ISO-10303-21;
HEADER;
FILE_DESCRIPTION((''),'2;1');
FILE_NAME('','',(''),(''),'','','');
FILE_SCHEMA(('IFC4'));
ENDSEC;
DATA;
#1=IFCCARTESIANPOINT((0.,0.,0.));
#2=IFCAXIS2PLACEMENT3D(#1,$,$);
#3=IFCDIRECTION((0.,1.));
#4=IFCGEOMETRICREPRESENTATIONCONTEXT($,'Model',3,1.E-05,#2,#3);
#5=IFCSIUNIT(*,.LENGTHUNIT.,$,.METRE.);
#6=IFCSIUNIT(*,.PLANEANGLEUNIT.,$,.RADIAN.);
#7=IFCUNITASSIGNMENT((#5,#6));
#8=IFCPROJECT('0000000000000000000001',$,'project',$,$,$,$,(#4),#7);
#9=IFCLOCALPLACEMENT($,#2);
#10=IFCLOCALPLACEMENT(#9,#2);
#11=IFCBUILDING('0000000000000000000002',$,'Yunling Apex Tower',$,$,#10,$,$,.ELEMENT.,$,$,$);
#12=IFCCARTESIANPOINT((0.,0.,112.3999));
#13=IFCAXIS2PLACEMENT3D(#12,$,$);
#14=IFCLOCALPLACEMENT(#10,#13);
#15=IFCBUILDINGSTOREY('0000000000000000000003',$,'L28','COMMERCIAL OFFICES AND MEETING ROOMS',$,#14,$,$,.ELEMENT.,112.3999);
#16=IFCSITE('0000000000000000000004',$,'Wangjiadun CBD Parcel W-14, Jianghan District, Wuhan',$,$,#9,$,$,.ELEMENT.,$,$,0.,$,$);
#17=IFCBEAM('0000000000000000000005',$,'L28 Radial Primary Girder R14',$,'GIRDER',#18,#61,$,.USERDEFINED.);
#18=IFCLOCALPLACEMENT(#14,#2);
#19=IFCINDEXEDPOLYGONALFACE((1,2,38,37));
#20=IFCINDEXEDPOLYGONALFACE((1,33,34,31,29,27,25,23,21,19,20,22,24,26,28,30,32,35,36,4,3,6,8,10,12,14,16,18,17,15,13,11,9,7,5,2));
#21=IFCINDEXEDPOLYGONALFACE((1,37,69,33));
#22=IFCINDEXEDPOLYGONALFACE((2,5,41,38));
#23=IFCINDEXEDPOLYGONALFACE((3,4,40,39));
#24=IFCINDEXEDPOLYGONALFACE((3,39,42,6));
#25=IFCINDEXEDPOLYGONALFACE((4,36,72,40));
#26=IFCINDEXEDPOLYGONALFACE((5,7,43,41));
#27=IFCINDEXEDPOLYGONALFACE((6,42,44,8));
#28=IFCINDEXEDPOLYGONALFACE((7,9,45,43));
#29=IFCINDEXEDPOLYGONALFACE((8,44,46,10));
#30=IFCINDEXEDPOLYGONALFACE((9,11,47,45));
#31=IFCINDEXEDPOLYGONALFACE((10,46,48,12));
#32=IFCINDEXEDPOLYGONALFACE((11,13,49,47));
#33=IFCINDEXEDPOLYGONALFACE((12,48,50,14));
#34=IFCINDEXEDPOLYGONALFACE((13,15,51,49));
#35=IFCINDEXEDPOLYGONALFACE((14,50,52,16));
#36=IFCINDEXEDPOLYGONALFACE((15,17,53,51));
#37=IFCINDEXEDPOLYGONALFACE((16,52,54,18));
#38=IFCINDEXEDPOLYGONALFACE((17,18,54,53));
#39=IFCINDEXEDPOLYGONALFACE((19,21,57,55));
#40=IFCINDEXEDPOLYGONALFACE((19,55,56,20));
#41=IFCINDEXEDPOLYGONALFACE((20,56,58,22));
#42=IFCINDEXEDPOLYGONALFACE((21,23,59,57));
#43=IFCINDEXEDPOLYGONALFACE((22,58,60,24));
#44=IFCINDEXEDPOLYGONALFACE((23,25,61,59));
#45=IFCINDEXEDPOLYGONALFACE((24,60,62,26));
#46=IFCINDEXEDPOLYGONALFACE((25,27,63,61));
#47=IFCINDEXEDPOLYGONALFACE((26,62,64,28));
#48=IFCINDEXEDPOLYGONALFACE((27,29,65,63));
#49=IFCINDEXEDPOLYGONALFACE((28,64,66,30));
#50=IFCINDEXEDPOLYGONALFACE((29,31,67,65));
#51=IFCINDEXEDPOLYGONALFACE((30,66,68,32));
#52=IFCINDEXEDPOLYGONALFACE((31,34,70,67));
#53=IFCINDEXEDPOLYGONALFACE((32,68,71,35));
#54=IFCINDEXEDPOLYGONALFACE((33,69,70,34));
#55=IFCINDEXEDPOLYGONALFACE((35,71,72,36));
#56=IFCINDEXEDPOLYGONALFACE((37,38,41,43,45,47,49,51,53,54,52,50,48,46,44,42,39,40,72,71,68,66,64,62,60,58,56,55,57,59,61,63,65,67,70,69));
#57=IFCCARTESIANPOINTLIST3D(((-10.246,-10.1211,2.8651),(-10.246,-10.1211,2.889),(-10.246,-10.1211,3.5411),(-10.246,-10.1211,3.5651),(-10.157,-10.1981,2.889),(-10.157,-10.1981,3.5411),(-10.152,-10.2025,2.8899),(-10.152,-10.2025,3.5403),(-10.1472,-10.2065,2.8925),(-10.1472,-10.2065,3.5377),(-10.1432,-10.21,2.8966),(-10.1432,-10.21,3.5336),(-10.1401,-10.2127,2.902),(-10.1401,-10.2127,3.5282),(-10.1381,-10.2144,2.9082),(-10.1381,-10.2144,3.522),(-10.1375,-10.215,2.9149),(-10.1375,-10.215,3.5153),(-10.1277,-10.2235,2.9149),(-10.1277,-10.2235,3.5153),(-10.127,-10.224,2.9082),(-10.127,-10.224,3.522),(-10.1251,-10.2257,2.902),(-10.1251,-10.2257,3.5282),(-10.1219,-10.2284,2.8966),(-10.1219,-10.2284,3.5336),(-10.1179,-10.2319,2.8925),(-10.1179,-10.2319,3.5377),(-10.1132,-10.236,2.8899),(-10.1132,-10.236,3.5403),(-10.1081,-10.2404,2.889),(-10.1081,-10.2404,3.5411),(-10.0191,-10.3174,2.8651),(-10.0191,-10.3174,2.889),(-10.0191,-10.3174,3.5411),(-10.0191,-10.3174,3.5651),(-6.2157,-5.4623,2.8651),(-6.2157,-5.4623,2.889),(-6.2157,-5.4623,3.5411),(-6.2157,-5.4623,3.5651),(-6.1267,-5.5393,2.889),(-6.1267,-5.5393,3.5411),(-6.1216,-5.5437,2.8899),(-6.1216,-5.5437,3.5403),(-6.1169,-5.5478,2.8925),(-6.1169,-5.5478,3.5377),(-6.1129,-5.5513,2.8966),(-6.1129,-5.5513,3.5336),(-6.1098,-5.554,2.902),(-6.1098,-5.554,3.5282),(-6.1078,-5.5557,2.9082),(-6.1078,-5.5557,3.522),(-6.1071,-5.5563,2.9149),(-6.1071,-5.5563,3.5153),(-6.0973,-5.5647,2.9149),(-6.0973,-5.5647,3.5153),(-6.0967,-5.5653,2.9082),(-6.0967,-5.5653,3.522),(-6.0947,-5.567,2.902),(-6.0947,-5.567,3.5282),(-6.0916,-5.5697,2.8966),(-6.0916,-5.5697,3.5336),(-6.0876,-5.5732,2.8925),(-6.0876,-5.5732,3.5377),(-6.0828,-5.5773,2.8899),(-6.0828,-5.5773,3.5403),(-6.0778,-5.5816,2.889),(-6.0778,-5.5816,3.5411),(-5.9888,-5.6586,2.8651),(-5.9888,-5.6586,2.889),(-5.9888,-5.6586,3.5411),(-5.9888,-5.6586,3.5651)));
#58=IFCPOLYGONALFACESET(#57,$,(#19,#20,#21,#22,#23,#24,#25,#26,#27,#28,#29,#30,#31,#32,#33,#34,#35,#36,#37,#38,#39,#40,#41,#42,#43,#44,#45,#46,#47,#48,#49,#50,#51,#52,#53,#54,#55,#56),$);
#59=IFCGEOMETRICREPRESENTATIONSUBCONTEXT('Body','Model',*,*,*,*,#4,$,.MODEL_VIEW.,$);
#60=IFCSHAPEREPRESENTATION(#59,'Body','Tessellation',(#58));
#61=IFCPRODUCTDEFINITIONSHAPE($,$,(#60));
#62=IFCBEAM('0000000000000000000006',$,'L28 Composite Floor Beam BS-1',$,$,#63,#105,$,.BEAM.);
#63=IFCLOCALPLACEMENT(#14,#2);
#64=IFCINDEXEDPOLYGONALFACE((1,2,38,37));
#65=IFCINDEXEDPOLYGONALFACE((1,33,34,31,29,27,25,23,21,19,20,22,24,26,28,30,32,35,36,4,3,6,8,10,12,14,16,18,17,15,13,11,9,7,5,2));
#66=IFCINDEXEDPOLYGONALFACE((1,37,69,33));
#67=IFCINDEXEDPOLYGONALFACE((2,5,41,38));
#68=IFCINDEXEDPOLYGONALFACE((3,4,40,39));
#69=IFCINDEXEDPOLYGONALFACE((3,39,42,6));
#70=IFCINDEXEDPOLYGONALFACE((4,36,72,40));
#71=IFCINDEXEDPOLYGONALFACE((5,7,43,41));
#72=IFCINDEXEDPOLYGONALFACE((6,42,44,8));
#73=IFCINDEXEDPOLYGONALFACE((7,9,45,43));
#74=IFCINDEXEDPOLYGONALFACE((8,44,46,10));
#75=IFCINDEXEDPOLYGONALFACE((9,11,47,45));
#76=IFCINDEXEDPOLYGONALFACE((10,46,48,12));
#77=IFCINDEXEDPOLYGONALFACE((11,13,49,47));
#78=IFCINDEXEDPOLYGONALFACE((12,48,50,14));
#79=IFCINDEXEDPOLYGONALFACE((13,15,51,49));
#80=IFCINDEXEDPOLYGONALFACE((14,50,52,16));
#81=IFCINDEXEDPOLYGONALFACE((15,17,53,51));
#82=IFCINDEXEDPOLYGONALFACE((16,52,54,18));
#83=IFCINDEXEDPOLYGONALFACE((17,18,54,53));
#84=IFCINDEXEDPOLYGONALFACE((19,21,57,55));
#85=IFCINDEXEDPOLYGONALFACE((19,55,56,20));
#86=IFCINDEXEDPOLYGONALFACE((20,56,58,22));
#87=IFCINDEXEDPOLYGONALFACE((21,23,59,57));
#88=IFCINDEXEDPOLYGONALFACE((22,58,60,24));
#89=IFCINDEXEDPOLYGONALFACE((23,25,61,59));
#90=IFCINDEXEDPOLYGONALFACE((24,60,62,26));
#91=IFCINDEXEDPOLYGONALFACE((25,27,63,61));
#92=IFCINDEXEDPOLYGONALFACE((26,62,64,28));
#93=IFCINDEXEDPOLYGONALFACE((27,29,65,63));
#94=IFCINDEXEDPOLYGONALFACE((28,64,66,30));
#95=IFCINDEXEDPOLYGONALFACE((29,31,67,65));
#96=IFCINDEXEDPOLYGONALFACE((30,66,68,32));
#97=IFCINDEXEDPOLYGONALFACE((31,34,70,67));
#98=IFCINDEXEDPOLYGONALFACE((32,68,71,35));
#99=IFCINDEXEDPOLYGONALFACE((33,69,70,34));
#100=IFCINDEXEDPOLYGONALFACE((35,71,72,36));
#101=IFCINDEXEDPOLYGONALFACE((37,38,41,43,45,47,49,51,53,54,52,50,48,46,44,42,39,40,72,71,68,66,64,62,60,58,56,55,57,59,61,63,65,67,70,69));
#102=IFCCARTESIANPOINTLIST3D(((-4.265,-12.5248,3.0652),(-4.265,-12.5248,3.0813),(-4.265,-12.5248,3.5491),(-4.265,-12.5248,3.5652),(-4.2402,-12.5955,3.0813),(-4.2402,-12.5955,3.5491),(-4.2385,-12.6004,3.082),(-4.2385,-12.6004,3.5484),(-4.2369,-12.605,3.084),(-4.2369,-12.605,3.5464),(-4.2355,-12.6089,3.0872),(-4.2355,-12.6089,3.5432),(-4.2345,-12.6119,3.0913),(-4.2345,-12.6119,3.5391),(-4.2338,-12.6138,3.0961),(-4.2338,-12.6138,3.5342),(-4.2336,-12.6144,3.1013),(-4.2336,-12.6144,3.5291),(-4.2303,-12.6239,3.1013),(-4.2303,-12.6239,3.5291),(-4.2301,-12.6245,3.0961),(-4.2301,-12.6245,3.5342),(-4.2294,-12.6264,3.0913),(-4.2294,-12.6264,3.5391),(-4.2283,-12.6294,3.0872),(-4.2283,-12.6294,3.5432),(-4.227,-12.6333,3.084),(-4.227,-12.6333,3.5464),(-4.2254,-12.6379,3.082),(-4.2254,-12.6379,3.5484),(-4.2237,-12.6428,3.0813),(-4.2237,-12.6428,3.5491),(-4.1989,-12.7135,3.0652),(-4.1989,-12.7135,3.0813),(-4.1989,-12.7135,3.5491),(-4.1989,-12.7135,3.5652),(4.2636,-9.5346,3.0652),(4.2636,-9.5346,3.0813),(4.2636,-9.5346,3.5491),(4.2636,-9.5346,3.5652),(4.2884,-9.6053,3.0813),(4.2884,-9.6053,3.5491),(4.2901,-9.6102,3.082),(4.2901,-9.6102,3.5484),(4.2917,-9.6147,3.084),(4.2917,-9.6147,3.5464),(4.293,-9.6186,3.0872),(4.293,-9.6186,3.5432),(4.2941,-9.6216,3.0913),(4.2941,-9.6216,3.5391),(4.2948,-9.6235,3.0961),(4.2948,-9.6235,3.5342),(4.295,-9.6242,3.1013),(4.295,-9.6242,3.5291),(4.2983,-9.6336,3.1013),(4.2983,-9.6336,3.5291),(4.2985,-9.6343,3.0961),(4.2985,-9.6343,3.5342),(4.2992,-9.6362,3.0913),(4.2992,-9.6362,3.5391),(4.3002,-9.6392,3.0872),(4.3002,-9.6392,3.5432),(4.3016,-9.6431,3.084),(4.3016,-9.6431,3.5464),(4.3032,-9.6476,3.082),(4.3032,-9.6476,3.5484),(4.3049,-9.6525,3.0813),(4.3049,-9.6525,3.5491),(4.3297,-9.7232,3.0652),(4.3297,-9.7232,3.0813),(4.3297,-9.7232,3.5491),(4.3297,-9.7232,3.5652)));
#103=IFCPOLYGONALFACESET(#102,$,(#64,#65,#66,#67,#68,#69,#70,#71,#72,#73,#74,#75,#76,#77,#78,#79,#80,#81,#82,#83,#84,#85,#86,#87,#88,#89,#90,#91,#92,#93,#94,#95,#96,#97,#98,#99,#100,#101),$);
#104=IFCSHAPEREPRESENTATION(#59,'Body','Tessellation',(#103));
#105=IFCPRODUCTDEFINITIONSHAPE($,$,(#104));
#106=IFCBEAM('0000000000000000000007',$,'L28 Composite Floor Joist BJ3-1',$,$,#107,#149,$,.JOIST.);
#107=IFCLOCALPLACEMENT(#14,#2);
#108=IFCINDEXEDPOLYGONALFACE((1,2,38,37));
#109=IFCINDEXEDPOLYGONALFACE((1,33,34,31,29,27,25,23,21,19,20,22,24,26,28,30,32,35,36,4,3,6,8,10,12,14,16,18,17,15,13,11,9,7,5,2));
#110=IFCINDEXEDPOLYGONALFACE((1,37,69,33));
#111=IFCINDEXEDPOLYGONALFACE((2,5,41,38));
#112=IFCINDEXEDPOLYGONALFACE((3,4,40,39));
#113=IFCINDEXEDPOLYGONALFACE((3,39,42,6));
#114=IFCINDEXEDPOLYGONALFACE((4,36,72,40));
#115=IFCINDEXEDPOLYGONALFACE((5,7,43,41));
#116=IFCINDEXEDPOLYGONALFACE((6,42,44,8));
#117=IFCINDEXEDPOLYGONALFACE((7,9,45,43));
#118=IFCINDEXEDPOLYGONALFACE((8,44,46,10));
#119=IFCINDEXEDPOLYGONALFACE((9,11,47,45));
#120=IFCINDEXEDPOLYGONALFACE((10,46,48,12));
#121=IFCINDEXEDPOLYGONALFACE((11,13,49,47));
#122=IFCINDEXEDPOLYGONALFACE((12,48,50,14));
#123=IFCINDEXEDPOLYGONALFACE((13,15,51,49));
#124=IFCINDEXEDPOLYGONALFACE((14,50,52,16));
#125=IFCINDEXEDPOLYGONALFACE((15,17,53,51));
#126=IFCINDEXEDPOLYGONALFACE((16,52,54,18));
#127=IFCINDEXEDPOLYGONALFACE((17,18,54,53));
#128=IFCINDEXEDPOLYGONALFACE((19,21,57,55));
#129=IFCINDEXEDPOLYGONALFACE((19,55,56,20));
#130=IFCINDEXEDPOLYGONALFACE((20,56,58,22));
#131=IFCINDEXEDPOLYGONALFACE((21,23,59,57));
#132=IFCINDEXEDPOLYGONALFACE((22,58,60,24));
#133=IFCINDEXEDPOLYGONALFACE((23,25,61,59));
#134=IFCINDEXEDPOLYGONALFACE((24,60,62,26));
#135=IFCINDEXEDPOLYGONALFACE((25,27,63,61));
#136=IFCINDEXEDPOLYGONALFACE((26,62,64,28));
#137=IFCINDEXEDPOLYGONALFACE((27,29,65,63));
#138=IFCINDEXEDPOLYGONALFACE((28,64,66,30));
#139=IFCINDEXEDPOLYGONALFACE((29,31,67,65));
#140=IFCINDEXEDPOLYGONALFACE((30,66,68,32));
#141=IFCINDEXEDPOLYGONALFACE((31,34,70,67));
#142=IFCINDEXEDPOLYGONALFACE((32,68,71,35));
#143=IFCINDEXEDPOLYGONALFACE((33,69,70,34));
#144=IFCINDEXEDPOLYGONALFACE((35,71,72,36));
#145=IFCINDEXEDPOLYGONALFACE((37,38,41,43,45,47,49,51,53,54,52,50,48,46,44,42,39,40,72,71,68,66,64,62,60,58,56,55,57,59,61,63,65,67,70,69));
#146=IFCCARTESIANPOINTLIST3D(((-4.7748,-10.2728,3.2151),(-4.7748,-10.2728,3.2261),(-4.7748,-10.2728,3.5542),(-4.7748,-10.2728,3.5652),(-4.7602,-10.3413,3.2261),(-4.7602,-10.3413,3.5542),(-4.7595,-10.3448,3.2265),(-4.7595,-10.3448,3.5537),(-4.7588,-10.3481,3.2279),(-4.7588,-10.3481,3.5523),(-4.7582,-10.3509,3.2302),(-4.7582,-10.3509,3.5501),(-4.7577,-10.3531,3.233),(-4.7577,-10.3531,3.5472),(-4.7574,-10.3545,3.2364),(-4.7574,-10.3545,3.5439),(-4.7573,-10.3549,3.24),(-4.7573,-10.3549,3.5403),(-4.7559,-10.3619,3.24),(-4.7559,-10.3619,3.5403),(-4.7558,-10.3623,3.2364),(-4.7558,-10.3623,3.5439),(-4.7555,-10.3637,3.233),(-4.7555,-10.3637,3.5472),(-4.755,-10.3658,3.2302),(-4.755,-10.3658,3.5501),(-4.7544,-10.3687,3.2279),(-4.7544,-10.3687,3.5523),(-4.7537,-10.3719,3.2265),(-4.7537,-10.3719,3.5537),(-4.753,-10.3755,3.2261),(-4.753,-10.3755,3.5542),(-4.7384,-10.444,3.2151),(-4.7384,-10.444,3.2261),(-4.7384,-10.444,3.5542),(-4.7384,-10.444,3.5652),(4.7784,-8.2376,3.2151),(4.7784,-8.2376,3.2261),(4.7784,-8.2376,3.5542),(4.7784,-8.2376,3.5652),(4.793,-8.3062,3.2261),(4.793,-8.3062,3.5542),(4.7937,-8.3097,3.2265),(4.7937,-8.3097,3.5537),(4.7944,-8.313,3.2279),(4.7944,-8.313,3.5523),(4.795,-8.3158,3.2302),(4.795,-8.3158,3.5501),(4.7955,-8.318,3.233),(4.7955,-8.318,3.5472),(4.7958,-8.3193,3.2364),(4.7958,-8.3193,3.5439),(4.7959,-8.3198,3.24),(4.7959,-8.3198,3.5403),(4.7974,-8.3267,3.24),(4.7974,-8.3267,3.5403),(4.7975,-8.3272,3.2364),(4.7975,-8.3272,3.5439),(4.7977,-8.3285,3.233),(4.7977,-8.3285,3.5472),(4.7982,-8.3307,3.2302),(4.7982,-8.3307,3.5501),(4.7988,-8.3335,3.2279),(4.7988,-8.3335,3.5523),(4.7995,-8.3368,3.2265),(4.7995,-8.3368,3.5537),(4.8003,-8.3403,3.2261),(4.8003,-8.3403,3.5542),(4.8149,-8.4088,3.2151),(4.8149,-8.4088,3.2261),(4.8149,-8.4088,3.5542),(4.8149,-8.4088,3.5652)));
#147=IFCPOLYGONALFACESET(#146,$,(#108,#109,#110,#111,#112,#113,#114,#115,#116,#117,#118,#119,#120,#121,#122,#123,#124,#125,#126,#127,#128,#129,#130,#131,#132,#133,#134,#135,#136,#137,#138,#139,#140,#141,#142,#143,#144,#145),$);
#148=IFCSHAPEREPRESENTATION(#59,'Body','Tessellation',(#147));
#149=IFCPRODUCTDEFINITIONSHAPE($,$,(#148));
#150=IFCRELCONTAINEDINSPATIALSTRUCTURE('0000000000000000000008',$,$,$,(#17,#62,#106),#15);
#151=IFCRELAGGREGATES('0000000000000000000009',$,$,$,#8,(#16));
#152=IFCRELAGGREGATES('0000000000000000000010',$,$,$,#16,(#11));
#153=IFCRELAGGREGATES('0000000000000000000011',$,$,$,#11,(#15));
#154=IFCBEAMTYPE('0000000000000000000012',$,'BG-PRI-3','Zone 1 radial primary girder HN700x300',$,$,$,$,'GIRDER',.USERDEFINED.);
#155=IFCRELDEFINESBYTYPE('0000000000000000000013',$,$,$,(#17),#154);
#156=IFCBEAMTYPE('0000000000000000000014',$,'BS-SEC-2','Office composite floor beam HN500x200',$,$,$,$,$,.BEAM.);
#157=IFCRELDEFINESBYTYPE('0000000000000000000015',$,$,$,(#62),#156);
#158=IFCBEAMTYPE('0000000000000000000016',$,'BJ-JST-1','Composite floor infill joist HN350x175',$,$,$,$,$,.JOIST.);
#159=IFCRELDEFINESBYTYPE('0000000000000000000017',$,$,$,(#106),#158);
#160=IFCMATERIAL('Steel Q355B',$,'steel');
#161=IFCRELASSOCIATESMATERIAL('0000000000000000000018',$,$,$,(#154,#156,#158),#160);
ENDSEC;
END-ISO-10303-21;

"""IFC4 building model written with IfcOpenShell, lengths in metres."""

from ifc_helpers import new_model, si_unit, direction, frame, origin, origin_2d, place, context, subcontext, project, spatial, i_section, extrude, source, transform, mapped, material, material_profile, profile_set, type_object, element, save


model = new_model("IFC4")

# Units and contexts
model_context = context("Model", 3, precision=1e-05, world=origin(), true_north=direction((0.0, 1.0)))
body_context = subcontext(model_context, "Body", "Model", "MODEL_VIEW")
ifc_project = project(units=[si_unit("LENGTHUNIT", "METRE"), si_unit("PLANEANGLEUNIT", "RADIAN")], contexts=[model_context])

# Site, building, storey
site_placement = place(None, origin())
site = spatial("IfcSite", under=ifc_project, at=site_placement, Name="Wangjiadun CBD Parcel W-14, Jianghan District, Wuhan", CompositionType="ELEMENT", RefElevation=0.0)
building_placement = place(site_placement, origin())
building = spatial("IfcBuilding", under=site, at=building_placement, Name="Yunling Apex Tower", CompositionType="ELEMENT")
storey_placement = place(building_placement, frame((0.0, 0.0, 112.3999)))
storey = spatial("IfcBuildingStorey", under=building, at=storey_placement, Name="L28", Description="COMMERCIAL OFFICES AND MEETING ROOMS", CompositionType="ELEMENT", Elevation=112.3999)

# Beams
ifc_material_1 = material(Name="Steel Q355B", Category="steel")
ifc_material_profile_1 = material_profile(ifc_material_1, i_section(OverallWidth=0.3, OverallDepth=0.7, WebThickness=0.0129, FlangeThickness=0.0239, FilletRadius=0.0259, at=origin_2d()))
ifc_profile_set_1 = profile_set([ifc_material_profile_1], Name="Steel Q355B")
beam_type_1 = type_object("IfcBeamType", Name="BG-PRI-3", Description="Zone 1 radial primary girder HN700x300", ElementType="GIRDER", PredefinedType="USERDEFINED", material=ifc_profile_set_1)
shared_shape_1 = source(origin(), body_context, "Body", "SweptSolid", [
    extrude(i_section(OverallWidth=0.3, OverallDepth=0.7, WebThickness=0.0129, FlangeThickness=0.0239, FilletRadius=0.0259, at=origin_2d()), origin(), (0.0, 0.0, 1.0), 6.1602),
])
beam_1_placement = place(storey_placement, frame((-10.1326, -10.2192, 3.2151), z_axis=(0.654257, 0.756272, 0.0), x_axis=(-0.756272, 0.654257, 0.0)))
element("IfcBeam", 1, at=beam_1_placement, inside=storey, type_object=beam_type_1, Name="L28 Radial Primary Girder R14", ObjectType="GIRDER", PredefinedType="USERDEFINED", context=body_context, shape_type="MappedRepresentation", body=[
    mapped(shared_shape_1, transform((0.0, 0.0, 0.0), scale=1.0)),
])
ifc_material_profile_2 = material_profile(ifc_material_1, i_section(OverallWidth=0.2, OverallDepth=0.5, WebThickness=0.01, FlangeThickness=0.0161, FilletRadius=0.02, at=origin_2d()))
ifc_profile_set_2 = profile_set([ifc_material_profile_2], Name="Steel Q355B")
beam_type_2 = type_object("IfcBeamType", Name="BS-SEC-2", Description="Office composite floor beam HN500x200", PredefinedType="BEAM", material=ifc_profile_set_2)
shared_shape_2 = source(origin(), body_context, "Body", "SweptSolid", [
    extrude(i_section(OverallWidth=0.2, OverallDepth=0.5, WebThickness=0.01, FlangeThickness=0.0161, FilletRadius=0.02, at=origin_2d()), origin(), (0.0, 0.0, 1.0), 9.0376),
])
beam_2_placement = place(storey_placement, frame((-4.2319, -12.6191, 3.3152), z_axis=(0.943678, 0.330867, 0.0), x_axis=(-0.330867, 0.943678, 0.0)))
element("IfcBeam", 2, at=beam_2_placement, inside=storey, type_object=beam_type_2, Name="L28 Composite Floor Beam BS-1", PredefinedType="BEAM", context=body_context, shape_type="MappedRepresentation", body=[
    mapped(shared_shape_2, transform((0.0, 0.0, 0.0), scale=1.0)),
])
ifc_material_profile_3 = material_profile(ifc_material_1, i_section(OverallWidth=0.175, OverallDepth=0.3501, WebThickness=0.0071, FlangeThickness=0.011, FilletRadius=0.0139, at=origin_2d()))
ifc_profile_set_3 = profile_set([ifc_material_profile_3], Name="Steel Q355B")
beam_type_3 = type_object("IfcBeamType", Name="BJ-JST-1", Description="Composite floor infill joist HN350x175", PredefinedType="JOIST", material=ifc_profile_set_3)
shared_shape_3 = source(origin(), body_context, "Body", "SweptSolid", [
    extrude(i_section(OverallWidth=0.175, OverallDepth=0.3501, WebThickness=0.0071, FlangeThickness=0.011, FilletRadius=0.0139, at=origin_2d()), origin(), (0.0, 0.0, 1.0), 9.7676),
])
beam_3_placement = place(storey_placement, frame((-4.7566, -10.3584, 3.3901), z_axis=(0.978053, 0.208358, 0.0), x_axis=(-0.208358, 0.978053, 0.0)))
element("IfcBeam", 3, at=beam_3_placement, inside=storey, type_object=beam_type_3, Name="L28 Composite Floor Joist BJ3-1", PredefinedType="JOIST", context=body_context, shape_type="MappedRepresentation", body=[
    mapped(shared_shape_3, transform((0.0, 0.0, 0.0), scale=1.0)),
])

save(model, "model.ifc")
